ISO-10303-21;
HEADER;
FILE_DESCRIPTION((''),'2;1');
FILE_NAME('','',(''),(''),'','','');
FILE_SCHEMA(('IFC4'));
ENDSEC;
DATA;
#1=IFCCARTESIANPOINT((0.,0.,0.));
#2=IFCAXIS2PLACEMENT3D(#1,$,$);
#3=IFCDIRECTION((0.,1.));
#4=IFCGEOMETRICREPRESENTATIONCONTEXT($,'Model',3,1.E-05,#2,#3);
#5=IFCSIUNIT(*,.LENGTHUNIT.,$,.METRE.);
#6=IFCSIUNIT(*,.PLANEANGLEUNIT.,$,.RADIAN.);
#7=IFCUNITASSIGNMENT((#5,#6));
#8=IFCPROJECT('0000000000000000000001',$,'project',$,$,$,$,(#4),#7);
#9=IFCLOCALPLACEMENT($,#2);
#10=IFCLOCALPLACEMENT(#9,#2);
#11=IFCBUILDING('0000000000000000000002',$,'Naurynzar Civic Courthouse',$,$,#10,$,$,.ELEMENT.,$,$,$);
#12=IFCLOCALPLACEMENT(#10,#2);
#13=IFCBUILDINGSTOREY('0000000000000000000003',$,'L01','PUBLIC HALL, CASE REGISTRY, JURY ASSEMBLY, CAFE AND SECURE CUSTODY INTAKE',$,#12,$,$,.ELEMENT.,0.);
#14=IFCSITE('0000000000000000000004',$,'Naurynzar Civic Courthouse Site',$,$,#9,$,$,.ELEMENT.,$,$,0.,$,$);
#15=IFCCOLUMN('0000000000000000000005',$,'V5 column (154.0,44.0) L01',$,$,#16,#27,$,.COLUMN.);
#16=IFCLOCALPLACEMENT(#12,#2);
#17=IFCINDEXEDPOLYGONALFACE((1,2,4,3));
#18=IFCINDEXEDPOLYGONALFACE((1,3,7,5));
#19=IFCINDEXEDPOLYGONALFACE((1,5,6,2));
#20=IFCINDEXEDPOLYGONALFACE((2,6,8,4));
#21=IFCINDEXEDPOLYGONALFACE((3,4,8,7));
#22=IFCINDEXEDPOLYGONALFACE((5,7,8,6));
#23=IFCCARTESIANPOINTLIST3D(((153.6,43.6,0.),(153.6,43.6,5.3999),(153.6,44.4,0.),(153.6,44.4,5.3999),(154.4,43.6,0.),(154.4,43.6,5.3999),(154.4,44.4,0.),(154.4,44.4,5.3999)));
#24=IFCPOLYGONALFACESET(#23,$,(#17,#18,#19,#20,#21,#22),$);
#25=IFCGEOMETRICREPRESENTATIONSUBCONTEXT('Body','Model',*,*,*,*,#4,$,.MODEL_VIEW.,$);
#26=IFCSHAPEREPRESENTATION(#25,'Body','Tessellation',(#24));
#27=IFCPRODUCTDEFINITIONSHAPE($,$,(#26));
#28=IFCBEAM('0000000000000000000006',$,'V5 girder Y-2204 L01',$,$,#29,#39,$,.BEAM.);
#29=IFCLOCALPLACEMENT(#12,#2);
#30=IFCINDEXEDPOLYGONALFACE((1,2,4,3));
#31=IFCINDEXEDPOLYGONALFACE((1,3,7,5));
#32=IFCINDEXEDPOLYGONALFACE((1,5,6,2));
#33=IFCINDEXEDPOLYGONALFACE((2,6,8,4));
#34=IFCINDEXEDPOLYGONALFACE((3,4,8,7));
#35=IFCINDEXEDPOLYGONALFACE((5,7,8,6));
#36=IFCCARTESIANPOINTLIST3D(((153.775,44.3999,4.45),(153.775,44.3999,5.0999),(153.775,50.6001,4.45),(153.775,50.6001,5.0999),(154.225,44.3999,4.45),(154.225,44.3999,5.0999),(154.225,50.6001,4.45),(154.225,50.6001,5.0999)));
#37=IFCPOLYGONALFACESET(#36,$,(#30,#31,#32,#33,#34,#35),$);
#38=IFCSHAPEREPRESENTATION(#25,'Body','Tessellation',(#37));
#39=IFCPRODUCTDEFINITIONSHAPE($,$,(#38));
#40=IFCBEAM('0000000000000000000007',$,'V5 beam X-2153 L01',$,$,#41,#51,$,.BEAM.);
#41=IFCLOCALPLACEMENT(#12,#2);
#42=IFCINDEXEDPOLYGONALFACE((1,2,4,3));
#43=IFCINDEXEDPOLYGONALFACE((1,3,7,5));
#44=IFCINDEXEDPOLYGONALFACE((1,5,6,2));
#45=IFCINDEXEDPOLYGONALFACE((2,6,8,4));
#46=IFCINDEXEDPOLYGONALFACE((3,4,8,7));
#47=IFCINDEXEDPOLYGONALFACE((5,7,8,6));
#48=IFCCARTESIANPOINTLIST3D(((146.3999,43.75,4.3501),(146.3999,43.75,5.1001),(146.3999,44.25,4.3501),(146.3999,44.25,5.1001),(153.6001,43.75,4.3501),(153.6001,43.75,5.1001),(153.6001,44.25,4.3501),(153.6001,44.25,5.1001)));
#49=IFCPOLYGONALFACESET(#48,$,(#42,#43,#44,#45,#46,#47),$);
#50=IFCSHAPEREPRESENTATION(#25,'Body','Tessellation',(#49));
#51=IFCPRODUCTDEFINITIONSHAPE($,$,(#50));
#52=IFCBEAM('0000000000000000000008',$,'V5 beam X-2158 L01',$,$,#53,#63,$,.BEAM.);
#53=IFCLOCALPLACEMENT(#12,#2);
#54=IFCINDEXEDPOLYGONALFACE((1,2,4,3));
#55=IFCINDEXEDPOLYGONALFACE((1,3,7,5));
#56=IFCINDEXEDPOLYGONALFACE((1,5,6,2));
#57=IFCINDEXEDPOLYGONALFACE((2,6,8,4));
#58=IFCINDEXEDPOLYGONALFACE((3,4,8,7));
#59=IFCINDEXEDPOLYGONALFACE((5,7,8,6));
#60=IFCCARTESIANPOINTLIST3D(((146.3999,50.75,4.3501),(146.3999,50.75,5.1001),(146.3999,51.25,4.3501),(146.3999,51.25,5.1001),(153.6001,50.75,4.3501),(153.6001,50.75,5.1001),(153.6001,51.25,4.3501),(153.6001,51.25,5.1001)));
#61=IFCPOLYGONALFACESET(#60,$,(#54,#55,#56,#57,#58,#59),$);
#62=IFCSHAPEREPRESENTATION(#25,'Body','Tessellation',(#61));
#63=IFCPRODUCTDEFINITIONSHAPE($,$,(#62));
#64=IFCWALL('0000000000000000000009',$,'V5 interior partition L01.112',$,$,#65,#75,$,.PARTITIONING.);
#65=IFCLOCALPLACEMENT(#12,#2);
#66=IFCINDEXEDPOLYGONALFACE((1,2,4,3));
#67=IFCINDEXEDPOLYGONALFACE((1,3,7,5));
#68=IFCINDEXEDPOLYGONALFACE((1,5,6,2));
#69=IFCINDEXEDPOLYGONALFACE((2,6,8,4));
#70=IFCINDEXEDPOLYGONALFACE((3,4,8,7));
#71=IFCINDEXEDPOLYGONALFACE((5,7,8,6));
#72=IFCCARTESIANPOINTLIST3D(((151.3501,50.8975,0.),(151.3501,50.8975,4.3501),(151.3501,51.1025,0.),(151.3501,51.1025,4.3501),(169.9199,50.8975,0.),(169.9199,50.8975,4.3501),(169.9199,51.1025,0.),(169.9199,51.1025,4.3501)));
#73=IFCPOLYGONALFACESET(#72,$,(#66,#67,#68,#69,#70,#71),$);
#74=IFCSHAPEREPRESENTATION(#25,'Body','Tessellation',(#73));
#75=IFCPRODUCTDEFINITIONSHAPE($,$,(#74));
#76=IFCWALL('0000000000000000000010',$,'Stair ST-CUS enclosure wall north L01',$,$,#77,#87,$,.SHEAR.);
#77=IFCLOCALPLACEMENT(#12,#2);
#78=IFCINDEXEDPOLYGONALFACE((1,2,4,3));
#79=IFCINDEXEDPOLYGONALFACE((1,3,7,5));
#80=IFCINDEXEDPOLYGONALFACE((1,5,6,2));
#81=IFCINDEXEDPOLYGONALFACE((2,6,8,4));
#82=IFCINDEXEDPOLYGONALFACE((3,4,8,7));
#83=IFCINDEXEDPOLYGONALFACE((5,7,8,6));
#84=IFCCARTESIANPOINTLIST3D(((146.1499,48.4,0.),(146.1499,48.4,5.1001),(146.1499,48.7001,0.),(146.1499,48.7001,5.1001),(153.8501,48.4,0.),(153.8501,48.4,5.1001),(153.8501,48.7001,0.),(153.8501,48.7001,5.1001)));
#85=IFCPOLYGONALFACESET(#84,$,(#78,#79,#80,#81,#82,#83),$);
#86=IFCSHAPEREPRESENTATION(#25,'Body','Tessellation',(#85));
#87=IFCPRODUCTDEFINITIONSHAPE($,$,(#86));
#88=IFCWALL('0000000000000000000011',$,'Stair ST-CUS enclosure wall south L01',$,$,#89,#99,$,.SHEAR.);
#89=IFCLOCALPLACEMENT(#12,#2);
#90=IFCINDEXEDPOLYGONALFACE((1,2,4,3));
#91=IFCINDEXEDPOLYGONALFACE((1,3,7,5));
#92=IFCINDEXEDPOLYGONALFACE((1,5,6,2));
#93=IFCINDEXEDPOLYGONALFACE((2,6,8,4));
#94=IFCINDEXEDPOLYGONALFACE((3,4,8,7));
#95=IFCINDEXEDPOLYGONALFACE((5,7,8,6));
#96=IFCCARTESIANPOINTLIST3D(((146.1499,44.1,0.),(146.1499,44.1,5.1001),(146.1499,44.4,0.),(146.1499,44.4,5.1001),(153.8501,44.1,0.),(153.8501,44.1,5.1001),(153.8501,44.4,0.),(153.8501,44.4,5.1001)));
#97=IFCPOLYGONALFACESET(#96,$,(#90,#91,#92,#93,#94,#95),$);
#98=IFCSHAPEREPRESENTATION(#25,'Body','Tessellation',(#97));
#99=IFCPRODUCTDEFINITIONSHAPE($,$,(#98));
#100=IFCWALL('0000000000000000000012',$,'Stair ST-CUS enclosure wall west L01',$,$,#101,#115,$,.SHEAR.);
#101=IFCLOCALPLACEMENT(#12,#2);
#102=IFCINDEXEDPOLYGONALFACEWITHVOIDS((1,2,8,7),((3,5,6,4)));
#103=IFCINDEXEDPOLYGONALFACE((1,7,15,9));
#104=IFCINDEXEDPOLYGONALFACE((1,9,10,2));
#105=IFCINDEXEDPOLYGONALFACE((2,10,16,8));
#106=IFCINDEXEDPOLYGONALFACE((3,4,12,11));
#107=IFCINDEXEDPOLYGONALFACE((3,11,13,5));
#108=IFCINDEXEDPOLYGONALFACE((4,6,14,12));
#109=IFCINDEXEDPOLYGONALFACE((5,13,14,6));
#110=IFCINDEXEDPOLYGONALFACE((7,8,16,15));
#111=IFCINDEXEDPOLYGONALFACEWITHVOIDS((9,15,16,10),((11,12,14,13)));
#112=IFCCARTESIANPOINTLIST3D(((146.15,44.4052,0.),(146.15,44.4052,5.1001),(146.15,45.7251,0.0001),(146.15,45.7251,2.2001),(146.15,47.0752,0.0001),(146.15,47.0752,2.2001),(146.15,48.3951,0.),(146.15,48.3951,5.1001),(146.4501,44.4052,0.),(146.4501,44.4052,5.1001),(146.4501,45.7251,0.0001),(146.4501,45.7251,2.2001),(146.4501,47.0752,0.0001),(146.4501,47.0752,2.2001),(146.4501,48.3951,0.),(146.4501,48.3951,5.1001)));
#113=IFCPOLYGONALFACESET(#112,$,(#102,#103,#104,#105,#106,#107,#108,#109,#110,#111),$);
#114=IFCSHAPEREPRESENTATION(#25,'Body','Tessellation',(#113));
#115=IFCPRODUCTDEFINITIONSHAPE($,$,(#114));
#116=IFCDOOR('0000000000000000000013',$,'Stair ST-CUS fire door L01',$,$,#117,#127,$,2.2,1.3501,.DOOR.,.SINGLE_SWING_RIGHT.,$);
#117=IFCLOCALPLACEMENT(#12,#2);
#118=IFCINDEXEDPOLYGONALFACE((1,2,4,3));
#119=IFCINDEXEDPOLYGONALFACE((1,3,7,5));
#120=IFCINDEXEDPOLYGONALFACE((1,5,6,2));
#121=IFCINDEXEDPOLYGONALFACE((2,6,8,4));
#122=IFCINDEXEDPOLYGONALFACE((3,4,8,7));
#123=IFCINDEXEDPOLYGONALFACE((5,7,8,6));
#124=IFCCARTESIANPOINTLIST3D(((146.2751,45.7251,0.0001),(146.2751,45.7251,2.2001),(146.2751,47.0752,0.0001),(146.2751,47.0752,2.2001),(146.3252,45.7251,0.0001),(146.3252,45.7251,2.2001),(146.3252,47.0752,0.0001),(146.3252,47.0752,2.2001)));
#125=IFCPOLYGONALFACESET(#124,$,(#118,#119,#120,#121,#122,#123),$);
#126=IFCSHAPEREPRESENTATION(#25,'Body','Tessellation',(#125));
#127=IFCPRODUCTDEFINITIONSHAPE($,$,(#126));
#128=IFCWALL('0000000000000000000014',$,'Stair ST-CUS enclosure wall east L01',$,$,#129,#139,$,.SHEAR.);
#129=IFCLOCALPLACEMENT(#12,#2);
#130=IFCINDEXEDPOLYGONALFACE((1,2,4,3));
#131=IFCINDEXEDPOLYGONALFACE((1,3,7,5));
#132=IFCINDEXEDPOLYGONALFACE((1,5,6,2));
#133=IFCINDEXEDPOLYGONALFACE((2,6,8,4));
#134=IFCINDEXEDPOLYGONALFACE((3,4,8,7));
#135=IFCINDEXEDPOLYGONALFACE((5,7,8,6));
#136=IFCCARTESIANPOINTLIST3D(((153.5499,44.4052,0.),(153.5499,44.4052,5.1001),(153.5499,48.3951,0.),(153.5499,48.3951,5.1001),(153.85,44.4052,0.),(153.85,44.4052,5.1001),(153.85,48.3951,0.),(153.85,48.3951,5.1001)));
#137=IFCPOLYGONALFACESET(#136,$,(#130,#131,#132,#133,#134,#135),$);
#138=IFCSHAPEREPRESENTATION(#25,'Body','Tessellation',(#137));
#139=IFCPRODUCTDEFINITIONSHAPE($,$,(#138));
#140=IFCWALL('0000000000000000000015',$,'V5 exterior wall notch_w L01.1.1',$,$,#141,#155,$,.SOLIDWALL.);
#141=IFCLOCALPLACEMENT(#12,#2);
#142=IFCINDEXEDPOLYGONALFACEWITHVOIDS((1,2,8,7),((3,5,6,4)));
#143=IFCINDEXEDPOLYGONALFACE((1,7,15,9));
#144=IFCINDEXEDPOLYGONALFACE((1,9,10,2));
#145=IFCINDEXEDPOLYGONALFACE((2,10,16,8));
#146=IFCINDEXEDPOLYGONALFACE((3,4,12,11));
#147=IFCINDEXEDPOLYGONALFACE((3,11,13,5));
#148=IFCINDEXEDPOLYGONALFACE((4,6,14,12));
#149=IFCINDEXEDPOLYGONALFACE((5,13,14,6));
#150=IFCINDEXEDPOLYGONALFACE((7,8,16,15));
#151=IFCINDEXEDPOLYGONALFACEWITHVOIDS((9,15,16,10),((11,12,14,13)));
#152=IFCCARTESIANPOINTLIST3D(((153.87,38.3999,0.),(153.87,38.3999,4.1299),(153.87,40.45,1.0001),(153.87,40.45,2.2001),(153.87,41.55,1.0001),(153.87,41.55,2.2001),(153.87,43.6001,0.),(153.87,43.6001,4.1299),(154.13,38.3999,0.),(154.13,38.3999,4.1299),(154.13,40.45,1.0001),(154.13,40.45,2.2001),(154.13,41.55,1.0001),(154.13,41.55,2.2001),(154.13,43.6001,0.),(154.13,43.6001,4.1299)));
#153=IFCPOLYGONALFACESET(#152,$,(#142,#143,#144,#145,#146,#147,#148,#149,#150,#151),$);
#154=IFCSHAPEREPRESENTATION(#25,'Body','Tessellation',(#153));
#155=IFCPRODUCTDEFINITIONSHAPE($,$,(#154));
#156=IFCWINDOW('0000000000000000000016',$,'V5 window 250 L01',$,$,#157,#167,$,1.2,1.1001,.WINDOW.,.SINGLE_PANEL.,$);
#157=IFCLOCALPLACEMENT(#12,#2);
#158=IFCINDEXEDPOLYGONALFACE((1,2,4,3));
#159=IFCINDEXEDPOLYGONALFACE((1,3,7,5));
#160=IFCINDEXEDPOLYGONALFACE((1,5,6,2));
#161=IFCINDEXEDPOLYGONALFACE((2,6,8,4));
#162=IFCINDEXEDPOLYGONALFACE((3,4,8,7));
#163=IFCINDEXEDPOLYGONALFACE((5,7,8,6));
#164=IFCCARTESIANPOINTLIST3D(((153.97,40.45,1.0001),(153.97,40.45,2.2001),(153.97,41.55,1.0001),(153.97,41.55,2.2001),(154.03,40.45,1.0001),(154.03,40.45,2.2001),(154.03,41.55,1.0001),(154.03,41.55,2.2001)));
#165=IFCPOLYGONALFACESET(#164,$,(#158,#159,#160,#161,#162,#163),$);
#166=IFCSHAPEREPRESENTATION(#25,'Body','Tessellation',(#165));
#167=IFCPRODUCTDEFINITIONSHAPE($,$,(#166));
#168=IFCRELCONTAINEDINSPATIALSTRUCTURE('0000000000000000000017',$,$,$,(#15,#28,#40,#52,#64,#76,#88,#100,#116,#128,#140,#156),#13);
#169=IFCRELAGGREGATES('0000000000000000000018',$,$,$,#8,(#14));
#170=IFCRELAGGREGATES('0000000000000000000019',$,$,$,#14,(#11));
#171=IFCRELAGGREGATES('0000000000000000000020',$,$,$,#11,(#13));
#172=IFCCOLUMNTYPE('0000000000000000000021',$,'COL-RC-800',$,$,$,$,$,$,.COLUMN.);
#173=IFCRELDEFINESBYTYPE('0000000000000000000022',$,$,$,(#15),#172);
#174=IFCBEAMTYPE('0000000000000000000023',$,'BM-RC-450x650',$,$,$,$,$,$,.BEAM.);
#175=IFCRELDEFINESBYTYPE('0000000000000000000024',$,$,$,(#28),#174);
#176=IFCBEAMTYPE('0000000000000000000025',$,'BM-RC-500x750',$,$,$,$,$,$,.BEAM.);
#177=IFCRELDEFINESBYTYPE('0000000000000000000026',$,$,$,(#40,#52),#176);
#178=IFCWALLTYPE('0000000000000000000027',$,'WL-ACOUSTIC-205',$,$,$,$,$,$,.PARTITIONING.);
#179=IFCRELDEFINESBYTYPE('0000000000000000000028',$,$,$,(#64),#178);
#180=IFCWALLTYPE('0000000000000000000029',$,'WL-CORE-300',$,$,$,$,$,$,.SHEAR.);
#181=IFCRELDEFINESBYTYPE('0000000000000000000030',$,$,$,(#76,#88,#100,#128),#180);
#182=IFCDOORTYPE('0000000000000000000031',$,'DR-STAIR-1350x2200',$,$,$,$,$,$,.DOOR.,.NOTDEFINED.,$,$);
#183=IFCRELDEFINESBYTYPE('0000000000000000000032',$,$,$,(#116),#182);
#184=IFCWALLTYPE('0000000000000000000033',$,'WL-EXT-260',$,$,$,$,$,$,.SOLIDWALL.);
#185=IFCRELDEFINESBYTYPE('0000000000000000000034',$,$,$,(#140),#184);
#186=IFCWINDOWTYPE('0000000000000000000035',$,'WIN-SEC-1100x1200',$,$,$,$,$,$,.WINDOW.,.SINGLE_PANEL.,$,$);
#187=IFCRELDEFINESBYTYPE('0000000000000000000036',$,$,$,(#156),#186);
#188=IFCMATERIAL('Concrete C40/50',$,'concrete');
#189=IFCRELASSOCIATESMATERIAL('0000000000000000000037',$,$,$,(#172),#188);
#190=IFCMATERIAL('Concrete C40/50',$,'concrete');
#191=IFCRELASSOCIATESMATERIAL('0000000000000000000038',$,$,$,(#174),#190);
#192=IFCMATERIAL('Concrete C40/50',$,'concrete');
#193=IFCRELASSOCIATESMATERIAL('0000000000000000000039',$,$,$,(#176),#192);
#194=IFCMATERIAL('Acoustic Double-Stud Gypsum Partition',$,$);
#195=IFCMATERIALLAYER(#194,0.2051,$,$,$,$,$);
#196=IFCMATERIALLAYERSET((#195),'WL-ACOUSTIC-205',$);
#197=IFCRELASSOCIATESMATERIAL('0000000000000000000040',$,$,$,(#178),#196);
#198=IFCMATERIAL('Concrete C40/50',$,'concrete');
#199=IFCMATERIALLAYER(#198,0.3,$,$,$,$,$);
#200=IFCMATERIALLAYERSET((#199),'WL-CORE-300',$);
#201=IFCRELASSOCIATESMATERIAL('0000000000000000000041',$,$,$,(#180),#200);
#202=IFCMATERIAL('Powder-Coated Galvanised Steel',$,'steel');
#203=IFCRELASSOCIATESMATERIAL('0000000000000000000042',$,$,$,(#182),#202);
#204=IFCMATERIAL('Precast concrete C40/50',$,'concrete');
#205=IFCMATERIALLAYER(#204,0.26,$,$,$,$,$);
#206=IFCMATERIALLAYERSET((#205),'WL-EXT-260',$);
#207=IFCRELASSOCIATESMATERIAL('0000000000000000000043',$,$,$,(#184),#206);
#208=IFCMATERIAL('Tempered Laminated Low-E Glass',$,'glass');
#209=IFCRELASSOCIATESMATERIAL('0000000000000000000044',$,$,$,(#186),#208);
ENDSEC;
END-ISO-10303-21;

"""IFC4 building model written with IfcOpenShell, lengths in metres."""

from ifc_helpers import new_model, si_unit, direction, frame, frame_2d, origin, origin_2d, place, context, subcontext, project, spatial, rectangle, extrude, material, layer, layer_set, material_profile, profile_set, type_object, element, fill, save


model = new_model("IFC4")

# Units and contexts
model_context = context("Model", 3, precision=1e-05, world=origin(), true_north=direction((0.0, 1.0)))
body_context = subcontext(model_context, "Body", "Model", "MODEL_VIEW")
ifc_project = project(units=[si_unit("LENGTHUNIT", "METRE"), si_unit("PLANEANGLEUNIT", "RADIAN")], contexts=[model_context])

# Site, building, storey
site_placement = place(None, origin())
site = spatial("IfcSite", under=ifc_project, at=site_placement, Name="Naurynzar Civic Courthouse Site", CompositionType="ELEMENT", RefElevation=0.0)
building_placement = place(site_placement, origin())
building = spatial("IfcBuilding", under=site, at=building_placement, Name="Naurynzar Civic Courthouse", CompositionType="ELEMENT")
storey_placement = place(building_placement, origin())
storey = spatial("IfcBuildingStorey", under=building, at=storey_placement, Name="L01", Description="PUBLIC HALL, CASE REGISTRY, JURY ASSEMBLY, CAFE AND SECURE CUSTODY INTAKE", CompositionType="ELEMENT", Elevation=0.0)

# Column
ifc_material_1 = material(Name="Concrete C40/50", Category="concrete")
ifc_material_profile_1 = material_profile(ifc_material_1, rectangle(XDim=0.8, YDim=0.8, at=origin_2d()), Name="RC 800x800")
ifc_profile_set_1 = profile_set([ifc_material_profile_1], Name="Concrete C40/50")
column_type = type_object("IfcColumnType", Name="COL-RC-800", PredefinedType="COLUMN", material=ifc_profile_set_1)
column_placement = place(storey_placement, frame((154.0, 44.0, 0.0), z_axis=(0.0, 0.0, 1.0), x_axis=(1.0, 0.0, 0.0)))
element("IfcColumn", 1, at=column_placement, inside=storey, type_object=column_type, Name="V5 column (154.0,44.0) L01", PredefinedType="COLUMN", context=body_context, shape_type="SweptSolid", body=[
    extrude(rectangle(XDim=0.8, YDim=0.8, at=origin_2d()), origin(), (0.0, 0.0, 1.0), 5.3999),
])

# Beams
ifc_material_2 = material(Name="Concrete C40/50", Category="concrete")
ifc_material_profile_2 = material_profile(ifc_material_2, rectangle(XDim=0.45, YDim=0.6499, at=origin_2d()), Name="RCB 450x650")
ifc_profile_set_2 = profile_set([ifc_material_profile_2], Name="Concrete C40/50")
beam_type_1 = type_object("IfcBeamType", Name="BM-RC-450x650", PredefinedType="BEAM", material=ifc_profile_set_2)
beam_placement = place(storey_placement, frame((154.0, 44.3999, 4.7749), z_axis=(0.0, 1.0, 0.0), x_axis=(-1.0, 0.0, 0.0)))
element("IfcBeam", 2, at=beam_placement, inside=storey, type_object=beam_type_1, Name="V5 girder Y-2204 L01", PredefinedType="BEAM", context=body_context, shape_type="SweptSolid", body=[
    extrude(rectangle(XDim=0.45, YDim=0.6499, at=origin_2d()), origin(), (0.0, 0.0, 1.0), 6.2002),
])
ifc_material_3 = material(Name="Concrete C40/50", Category="concrete")
ifc_material_profile_3 = material_profile(ifc_material_3, rectangle(XDim=0.5, YDim=0.75, at=origin_2d()), Name="RCB 500x750")
ifc_profile_set_3 = profile_set([ifc_material_profile_3], Name="Concrete C40/50")
beam_type_2 = type_object("IfcBeamType", Name="BM-RC-500x750", PredefinedType="BEAM", material=ifc_profile_set_3)
for number, where, z_axis, x_axis, name in (
    (3, (146.3999, 44.0, 4.7251), (1.0, 0.0, 0.0), (0.0, 1.0, 0.0), "V5 beam X-2153 L01"),
    (4, (146.3999, 51.0, 4.7251), (1.0, 0.0, 0.0), (0.0, 1.0, 0.0), "V5 beam X-2158 L01"),
):
    element("IfcBeam", number, at=place(storey_placement, frame(where, z_axis=z_axis, x_axis=x_axis)), inside=storey, type_object=beam_type_2, Name=name, PredefinedType="BEAM", context=body_context, shape_type="SweptSolid", body=[
        extrude(rectangle(XDim=0.5, YDim=0.75, at=origin_2d()), origin(), (0.0, 0.0, 1.0), 7.2002),
    ])

# Walls
ifc_material_4 = material(Name="Acoustic Double-Stud Gypsum Partition")
ifc_layer_1 = layer(ifc_material_4, 0.2051)
ifc_layer_set_1 = layer_set([ifc_layer_1], Name="WL-ACOUSTIC-205")
wall_type_1 = type_object("IfcWallType", Name="WL-ACOUSTIC-205", PredefinedType="PARTITIONING", material=ifc_layer_set_1)
wall_1_placement = place(storey_placement, frame((151.3501, 51.0, 0.0), z_axis=(0.0, 0.0, 1.0), x_axis=(1.0, 0.0, 0.0)))
element("IfcWall", 5, at=wall_1_placement, inside=storey, type_object=wall_type_1, Name="V5 interior partition L01.112", PredefinedType="PARTITIONING", context=body_context, shape_type="SweptSolid", body=[
    extrude(rectangle(XDim=18.5698, YDim=0.2051, at=frame_2d((9.2849, 0.0))), origin(), (0.0, 0.0, 1.0), 4.3501),
])
ifc_material_5 = material(Name="Concrete C40/50", Category="concrete")
ifc_layer_2 = layer(ifc_material_5, 0.3)
ifc_layer_set_2 = layer_set([ifc_layer_2], Name="WL-CORE-300")
wall_type_2 = type_object("IfcWallType", Name="WL-CORE-300", PredefinedType="SHEAR", material=ifc_layer_set_2)
for number, where, z_axis, x_axis, name in (
    (6, (153.8501, 48.55, 0.0), (0.0, 0.0, 1.0), (-1.0, 0.0, 0.0), "Stair ST-CUS enclosure wall north L01"),
    (7, (146.1499, 44.25, 0.0), (0.0, 0.0, 1.0), (1.0, 0.0, 0.0), "Stair ST-CUS enclosure wall south L01"),
):
    element("IfcWall", number, at=place(storey_placement, frame(where, z_axis=z_axis, x_axis=x_axis)), inside=storey, type_object=wall_type_2, Name=name, PredefinedType="SHEAR", context=body_context, shape_type="SweptSolid", body=[
        extrude(rectangle(XDim=7.7002, YDim=0.3, at=frame_2d((3.8501, 0.0))), origin(), (0.0, 0.0, 1.0), 5.1001),
    ])

# Wall, opening, door
wall_2_placement = place(storey_placement, frame((146.3, 44.405, 0.0), z_axis=(0.0, 0.0, 1.0), x_axis=(0.0, 1.0, 0.0)))
wall_2 = element("IfcWall", 8, at=wall_2_placement, inside=storey, type_object=wall_type_2, Name="Stair ST-CUS enclosure wall west L01", PredefinedType="SHEAR", context=body_context, shape_type="SweptSolid", body=[
    extrude(rectangle(XDim=3.99, YDim=0.3, at=frame_2d((1.9951, 0.0))), origin(), (0.0, 0.0, 1.0), 5.1001),
])
opening_1_placement = place(wall_2_placement, frame((1.3201, 0.0, 0.0)))
opening_1 = element("IfcOpeningElement", 9, at=opening_1_placement, cuts=wall_2, PredefinedType="OPENING", context=body_context, shape_type="SweptSolid", body=[
    extrude(rectangle(XDim=1.3501, YDim=2.2, at=frame_2d((0.675, 1.1001))), frame((0.0, 0.1599, 0.0), z_axis=(0.0, -1.0, 0.0), x_axis=(1.0, 0.0, 0.0)), (0.0, 0.0, 1.0), 0.3201),
])
ifc_material_6 = material(Name="Powder-Coated Galvanised Steel", Category="steel")
door_type_1 = type_object("IfcDoorType", Name="DR-STAIR-1350x2200", OperationType="NOTDEFINED", PredefinedType="DOOR", material=ifc_material_6)
door_1_placement = place(opening_1_placement, origin())
door_1 = element("IfcDoor", 10, at=door_1_placement, inside=storey, type_object=door_type_1, Name="Stair ST-CUS fire door L01", OperationType="SINGLE_SWING_RIGHT", OverallHeight=2.2, OverallWidth=1.3501, PredefinedType="DOOR", context=body_context, shape_type="SweptSolid", body=[
    extrude(rectangle(XDim=1.3501, YDim=2.2, at=frame_2d((0.675, 1.1001))), frame((0.0, 0.0249, 0.0), z_axis=(0.0, -1.0, 0.0), x_axis=(1.0, 0.0, 0.0)), (0.0, 0.0, 1.0), 0.05),
])
fill(opening_1, door_1)

# Wall
wall_3_placement = place(storey_placement, frame((153.7, 44.405, 0.0), z_axis=(0.0, 0.0, 1.0), x_axis=(0.0, 1.0, 0.0)))
element("IfcWall", 11, at=wall_3_placement, inside=storey, type_object=wall_type_2, Name="Stair ST-CUS enclosure wall east L01", PredefinedType="SHEAR", context=body_context, shape_type="SweptSolid", body=[
    extrude(rectangle(XDim=3.99, YDim=0.3, at=frame_2d((1.9951, 0.0))), origin(), (0.0, 0.0, 1.0), 5.1001),
])

# Wall, opening, window
ifc_material_7 = material(Name="Precast concrete C40/50", Category="concrete")
ifc_layer_3 = layer(ifc_material_7, 0.26)
ifc_layer_set_3 = layer_set([ifc_layer_3], Name="WL-EXT-260")
wall_type_3 = type_object("IfcWallType", Name="WL-EXT-260", PredefinedType="SOLIDWALL", material=ifc_layer_set_3)
wall_4_placement = place(storey_placement, frame((154.0, 43.6001, 0.0), z_axis=(0.0, 0.0, 1.0), x_axis=(0.0, -1.0, 0.0)))
wall_4 = element("IfcWall", 12, at=wall_4_placement, inside=storey, type_object=wall_type_3, Name="V5 exterior wall notch_w L01.1.1", PredefinedType="SOLIDWALL", context=body_context, shape_type="SweptSolid", body=[
    extrude(rectangle(XDim=5.2002, YDim=0.26, at=frame_2d((2.6001, 0.0))), origin(), (0.0, 0.0, 1.0), 4.1299),
])
opening_2_placement = place(wall_4_placement, frame((2.05, 0.0, 1.0)))
opening_2 = element("IfcOpeningElement", 13, at=opening_2_placement, cuts=wall_4, PredefinedType="OPENING", context=body_context, shape_type="SweptSolid", body=[
    extrude(rectangle(XDim=1.1001, YDim=1.2, at=frame_2d((0.55, 0.6001))), frame((0.0, 0.1399, 0.0), z_axis=(0.0, -1.0, 0.0), x_axis=(1.0, 0.0, 0.0)), (0.0, 0.0, 1.0), 0.28),
])
ifc_material_8 = material(Name="Tempered Laminated Low-E Glass", Category="glass")
window_type = type_object("IfcWindowType", Name="WIN-SEC-1100x1200", PartitioningType="SINGLE_PANEL", PredefinedType="WINDOW", material=ifc_material_8)
window_placement = place(opening_2_placement, origin())
window = element("IfcWindow", 14, at=window_placement, inside=storey, type_object=window_type, Name="V5 window 250 L01", OverallHeight=1.2, OverallWidth=1.1001, PartitioningType="SINGLE_PANEL", PredefinedType="WINDOW", context=body_context, shape_type="SweptSolid", body=[
    extrude(rectangle(XDim=1.1001, YDim=1.2, at=frame_2d((0.55, 0.6001))), frame((0.0, 0.03, 0.0), z_axis=(0.0, -1.0, 0.0), x_axis=(1.0, 0.0, 0.0)), (0.0, 0.0, 1.0), 0.0601),
])
fill(opening_2, window)

save(model, "model.ifc")
